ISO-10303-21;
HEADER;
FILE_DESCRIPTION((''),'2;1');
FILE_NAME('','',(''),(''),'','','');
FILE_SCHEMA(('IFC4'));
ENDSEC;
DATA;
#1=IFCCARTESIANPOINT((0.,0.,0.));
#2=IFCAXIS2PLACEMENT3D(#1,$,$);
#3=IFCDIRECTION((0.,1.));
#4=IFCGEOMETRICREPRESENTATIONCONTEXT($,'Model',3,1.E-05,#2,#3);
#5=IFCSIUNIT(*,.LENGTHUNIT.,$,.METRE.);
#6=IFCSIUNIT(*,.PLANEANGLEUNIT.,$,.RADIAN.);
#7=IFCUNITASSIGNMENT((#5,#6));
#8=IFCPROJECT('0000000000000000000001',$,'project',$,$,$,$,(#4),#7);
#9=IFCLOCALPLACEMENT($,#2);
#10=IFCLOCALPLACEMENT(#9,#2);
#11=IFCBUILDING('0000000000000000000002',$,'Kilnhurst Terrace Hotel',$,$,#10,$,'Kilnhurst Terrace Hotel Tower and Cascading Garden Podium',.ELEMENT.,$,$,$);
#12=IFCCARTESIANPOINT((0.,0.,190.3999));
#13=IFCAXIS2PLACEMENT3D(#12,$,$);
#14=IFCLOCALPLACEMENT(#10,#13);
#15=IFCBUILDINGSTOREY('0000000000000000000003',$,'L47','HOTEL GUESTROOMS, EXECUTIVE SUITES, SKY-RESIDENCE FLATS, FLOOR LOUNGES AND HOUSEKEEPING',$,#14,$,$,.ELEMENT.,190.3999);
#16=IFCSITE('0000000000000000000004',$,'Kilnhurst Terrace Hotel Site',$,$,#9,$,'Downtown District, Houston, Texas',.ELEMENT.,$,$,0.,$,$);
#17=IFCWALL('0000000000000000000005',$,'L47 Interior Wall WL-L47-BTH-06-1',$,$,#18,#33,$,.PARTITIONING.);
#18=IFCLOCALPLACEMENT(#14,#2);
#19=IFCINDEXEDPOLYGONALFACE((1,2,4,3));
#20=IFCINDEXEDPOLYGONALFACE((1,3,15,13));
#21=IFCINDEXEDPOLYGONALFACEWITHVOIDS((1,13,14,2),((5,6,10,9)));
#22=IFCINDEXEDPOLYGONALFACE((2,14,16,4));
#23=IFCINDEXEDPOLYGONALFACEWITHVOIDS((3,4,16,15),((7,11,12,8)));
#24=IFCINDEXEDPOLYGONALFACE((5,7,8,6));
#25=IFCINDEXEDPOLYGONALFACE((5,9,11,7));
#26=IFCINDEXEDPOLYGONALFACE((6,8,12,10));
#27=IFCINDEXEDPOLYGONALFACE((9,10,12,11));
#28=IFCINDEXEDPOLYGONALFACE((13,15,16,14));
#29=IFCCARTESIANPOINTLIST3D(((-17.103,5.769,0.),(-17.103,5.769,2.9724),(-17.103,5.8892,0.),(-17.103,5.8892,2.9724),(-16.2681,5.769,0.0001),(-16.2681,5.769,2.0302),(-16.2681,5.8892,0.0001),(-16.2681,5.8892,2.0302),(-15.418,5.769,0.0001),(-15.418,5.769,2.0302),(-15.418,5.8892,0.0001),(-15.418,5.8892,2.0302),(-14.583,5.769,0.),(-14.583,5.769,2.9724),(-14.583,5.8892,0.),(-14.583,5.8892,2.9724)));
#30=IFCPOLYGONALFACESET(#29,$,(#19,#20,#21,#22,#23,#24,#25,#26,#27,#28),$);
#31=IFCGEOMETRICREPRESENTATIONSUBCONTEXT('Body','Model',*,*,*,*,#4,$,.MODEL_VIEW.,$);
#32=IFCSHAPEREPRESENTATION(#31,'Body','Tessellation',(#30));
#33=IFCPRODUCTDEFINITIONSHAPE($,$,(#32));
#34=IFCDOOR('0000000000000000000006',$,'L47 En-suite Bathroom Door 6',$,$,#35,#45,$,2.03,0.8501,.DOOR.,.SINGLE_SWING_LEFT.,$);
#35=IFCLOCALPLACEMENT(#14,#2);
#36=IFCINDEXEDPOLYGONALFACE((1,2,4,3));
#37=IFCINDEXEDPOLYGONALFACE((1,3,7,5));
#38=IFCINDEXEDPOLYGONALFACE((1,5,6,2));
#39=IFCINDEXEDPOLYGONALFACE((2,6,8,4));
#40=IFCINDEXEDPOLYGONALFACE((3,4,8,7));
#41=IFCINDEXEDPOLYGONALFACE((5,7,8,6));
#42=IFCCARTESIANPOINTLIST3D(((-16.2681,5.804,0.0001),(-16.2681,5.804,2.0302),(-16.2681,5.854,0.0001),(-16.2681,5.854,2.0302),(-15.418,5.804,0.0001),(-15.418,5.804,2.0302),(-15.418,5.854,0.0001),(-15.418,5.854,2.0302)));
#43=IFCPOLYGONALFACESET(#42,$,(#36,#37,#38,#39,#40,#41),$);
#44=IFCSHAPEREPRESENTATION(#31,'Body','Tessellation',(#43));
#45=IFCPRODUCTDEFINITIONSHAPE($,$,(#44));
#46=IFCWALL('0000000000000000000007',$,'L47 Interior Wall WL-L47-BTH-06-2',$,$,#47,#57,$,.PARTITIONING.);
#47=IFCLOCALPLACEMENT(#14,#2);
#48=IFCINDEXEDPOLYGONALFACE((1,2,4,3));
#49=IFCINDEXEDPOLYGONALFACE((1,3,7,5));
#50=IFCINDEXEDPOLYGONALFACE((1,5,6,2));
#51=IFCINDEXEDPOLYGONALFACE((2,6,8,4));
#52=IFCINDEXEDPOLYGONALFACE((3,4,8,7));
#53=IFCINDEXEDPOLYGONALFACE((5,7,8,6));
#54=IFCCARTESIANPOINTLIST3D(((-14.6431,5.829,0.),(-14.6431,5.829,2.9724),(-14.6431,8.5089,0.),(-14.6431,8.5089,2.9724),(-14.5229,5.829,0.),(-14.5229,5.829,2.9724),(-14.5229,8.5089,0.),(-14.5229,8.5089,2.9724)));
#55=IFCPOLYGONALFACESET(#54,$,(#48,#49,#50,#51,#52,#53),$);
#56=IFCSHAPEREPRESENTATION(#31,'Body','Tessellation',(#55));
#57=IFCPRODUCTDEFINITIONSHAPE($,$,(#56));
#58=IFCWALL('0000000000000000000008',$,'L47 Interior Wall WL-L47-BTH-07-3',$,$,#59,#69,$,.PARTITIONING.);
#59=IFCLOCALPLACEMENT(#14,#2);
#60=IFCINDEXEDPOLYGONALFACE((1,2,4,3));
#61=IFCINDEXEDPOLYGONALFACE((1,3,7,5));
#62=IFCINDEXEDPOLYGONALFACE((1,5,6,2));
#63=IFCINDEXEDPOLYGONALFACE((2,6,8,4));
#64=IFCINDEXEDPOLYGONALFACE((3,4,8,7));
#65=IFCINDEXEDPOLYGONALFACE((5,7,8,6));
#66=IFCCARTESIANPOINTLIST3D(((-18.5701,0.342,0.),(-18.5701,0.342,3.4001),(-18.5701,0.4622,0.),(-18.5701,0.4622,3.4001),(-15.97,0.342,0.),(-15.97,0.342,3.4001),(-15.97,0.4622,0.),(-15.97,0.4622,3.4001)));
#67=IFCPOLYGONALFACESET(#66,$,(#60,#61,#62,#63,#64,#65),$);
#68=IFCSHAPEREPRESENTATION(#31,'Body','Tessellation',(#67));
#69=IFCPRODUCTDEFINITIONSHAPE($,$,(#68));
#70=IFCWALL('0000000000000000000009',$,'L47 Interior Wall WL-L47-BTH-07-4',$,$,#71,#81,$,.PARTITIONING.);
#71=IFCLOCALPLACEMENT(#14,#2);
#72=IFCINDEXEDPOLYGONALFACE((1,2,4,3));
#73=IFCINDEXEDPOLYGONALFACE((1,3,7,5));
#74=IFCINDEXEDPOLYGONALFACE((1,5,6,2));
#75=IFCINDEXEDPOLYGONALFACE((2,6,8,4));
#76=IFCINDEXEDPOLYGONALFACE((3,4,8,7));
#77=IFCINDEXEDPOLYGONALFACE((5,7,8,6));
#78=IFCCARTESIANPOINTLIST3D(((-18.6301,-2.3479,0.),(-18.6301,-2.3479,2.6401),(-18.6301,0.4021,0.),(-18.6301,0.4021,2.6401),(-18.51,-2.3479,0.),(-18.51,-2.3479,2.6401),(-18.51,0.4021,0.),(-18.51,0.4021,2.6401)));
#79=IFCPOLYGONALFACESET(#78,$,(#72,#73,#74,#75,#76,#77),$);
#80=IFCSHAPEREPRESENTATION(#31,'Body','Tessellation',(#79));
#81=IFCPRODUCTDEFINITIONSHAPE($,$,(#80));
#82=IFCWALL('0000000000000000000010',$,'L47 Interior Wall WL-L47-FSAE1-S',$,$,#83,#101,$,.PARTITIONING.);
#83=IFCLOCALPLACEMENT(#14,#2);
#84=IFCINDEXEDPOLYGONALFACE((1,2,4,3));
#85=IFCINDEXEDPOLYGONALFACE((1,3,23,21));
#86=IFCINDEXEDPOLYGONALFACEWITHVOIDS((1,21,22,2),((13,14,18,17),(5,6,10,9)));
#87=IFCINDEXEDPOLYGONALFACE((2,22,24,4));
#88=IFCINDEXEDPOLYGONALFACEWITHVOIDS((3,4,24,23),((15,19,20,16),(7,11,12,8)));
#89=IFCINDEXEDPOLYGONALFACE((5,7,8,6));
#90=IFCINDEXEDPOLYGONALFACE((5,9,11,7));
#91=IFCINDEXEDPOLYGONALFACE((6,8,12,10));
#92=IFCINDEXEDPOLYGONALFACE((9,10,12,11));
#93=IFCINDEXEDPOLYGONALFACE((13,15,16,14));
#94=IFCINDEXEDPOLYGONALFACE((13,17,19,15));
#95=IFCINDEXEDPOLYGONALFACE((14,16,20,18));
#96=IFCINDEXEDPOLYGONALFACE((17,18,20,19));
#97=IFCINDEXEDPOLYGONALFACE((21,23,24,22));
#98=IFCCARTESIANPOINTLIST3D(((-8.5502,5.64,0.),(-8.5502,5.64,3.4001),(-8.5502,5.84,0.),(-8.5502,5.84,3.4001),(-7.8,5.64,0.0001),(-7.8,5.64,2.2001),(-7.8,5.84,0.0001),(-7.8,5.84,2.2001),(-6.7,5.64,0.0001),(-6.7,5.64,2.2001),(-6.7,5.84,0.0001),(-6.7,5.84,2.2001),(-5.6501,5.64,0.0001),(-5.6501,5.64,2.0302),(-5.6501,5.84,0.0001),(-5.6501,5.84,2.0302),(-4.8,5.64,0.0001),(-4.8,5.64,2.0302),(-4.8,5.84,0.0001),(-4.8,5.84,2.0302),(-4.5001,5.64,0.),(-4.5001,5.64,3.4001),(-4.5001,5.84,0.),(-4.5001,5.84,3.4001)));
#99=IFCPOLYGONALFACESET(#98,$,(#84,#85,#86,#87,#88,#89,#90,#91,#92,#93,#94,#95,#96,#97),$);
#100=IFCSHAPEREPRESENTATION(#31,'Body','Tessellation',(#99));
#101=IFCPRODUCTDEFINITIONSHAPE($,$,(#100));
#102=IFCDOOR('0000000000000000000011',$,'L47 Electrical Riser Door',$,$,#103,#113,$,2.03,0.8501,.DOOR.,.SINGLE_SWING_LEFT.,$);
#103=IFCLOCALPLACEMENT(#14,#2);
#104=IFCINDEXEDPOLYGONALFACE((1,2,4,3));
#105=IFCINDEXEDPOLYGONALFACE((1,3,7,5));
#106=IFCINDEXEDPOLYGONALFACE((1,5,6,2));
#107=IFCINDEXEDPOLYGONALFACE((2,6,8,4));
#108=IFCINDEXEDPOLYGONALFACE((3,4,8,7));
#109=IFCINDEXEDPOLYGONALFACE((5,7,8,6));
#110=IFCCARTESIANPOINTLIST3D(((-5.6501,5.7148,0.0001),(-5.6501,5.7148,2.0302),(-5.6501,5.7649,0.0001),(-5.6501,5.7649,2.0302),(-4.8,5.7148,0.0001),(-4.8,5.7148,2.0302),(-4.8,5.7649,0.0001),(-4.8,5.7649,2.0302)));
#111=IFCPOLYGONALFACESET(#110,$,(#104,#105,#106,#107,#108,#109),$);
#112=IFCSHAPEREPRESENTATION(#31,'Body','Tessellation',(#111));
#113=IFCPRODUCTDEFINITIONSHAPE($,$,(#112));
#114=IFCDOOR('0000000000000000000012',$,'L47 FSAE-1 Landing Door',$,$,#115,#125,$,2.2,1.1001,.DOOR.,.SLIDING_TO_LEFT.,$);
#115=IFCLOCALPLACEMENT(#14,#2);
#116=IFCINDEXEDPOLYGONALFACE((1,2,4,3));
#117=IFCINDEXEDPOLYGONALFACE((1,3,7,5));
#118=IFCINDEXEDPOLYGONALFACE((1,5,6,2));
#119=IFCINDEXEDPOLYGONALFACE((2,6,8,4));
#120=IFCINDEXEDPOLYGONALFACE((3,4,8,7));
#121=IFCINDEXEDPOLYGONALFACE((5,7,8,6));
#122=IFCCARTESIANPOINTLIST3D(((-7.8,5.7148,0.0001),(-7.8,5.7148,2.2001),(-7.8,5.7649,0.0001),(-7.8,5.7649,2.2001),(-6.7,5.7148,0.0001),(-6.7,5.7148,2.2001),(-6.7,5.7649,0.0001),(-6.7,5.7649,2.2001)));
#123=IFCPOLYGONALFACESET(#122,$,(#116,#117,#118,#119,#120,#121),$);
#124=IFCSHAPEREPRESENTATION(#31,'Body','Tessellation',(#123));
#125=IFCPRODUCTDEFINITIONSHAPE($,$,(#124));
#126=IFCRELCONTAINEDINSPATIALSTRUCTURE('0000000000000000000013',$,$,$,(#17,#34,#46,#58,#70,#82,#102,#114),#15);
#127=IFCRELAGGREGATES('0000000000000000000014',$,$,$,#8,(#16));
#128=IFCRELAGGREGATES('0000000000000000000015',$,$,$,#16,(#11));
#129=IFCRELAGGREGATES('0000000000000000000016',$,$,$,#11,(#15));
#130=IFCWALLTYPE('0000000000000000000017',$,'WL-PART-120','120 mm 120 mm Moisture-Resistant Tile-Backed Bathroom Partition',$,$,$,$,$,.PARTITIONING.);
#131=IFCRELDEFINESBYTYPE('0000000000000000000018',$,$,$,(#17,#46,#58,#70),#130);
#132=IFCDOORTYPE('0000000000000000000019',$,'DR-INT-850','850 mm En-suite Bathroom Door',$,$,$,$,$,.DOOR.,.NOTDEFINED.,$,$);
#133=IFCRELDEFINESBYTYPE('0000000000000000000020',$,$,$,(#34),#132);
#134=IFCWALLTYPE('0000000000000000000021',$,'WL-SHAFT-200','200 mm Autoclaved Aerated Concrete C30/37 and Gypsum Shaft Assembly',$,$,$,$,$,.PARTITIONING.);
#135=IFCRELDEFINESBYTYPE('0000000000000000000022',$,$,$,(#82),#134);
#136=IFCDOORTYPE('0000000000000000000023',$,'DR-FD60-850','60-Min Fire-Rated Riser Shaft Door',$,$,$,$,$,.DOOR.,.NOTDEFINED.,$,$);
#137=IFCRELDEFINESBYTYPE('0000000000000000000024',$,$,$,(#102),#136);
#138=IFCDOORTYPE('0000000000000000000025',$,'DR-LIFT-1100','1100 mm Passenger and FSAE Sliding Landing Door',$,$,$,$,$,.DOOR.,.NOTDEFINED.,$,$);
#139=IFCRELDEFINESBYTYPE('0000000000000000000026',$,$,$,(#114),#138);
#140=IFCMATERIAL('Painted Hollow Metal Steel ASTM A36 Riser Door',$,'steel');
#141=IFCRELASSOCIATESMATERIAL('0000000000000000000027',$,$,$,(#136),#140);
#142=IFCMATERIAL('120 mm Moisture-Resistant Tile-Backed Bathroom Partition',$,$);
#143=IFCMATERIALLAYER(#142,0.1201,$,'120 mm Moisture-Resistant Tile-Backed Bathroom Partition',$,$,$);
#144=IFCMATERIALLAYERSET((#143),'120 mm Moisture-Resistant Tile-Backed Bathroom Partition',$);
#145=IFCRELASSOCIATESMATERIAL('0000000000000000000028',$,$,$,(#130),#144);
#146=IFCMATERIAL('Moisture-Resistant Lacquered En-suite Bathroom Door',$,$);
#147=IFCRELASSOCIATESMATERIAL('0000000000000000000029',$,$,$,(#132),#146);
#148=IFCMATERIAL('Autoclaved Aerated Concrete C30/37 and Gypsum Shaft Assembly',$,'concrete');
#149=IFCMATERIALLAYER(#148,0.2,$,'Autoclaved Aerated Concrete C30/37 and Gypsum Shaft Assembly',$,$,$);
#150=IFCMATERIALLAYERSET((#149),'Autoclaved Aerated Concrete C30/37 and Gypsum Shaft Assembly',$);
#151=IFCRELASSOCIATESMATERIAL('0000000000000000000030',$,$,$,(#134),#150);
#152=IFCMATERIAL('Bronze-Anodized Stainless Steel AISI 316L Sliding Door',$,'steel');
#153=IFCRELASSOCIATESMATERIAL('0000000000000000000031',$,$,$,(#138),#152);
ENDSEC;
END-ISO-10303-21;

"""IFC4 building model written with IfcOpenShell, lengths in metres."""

from ifc_helpers import new_model, si_unit, direction, frame, frame_2d, origin, place, context, subcontext, project, spatial, rectangle, extrude, material, layer, layer_set, type_object, element, fill, save


model = new_model("IFC4")

# Units and contexts
model_context = context("Model", 3, precision=1e-05, world=origin(), true_north=direction((0.0, 1.0)))
body_context = subcontext(model_context, "Body", "Model", "MODEL_VIEW")
ifc_project = project(units=[si_unit("LENGTHUNIT", "METRE"), si_unit("PLANEANGLEUNIT", "RADIAN")], contexts=[model_context])

# Site, building, storey
site_placement = place(None, origin())
site = spatial("IfcSite", under=ifc_project, at=site_placement, Name="Kilnhurst Terrace Hotel Site", LongName="Downtown District, Houston, Texas", CompositionType="ELEMENT", RefElevation=0.0)
building_placement = place(site_placement, origin())
building = spatial("IfcBuilding", under=site, at=building_placement, Name="Kilnhurst Terrace Hotel", LongName="Kilnhurst Terrace Hotel Tower and Cascading Garden Podium", CompositionType="ELEMENT")
storey_placement = place(building_placement, frame((0.0, 0.0, 190.3999)))
storey = spatial("IfcBuildingStorey", under=building, at=storey_placement, Name="L47", Description="HOTEL GUESTROOMS, EXECUTIVE SUITES, SKY-RESIDENCE FLATS, FLOOR LOUNGES AND HOUSEKEEPING", CompositionType="ELEMENT", Elevation=190.3999)

# Shared definitions
ifc_material_1 = material(Name="Painted Hollow Metal Steel ASTM A36 Riser Door", Category="steel")
door_type_1 = type_object("IfcDoorType", Name="DR-FD60-850", Description="60-Min Fire-Rated Riser Shaft Door", OperationType="NOTDEFINED", PredefinedType="DOOR", material=ifc_material_1)

# Wall, opening, door
ifc_material_2 = material(Name="120 mm Moisture-Resistant Tile-Backed Bathroom Partition")
ifc_layer_1 = layer(ifc_material_2, 0.1201, Name="120 mm Moisture-Resistant Tile-Backed Bathroom Partition")
ifc_layer_set_1 = layer_set([ifc_layer_1], Name="120 mm Moisture-Resistant Tile-Backed Bathroom Partition")
wall_type_1 = type_object("IfcWallType", Name="WL-PART-120", Description="120 mm 120 mm Moisture-Resistant Tile-Backed Bathroom Partition", PredefinedType="PARTITIONING", material=ifc_layer_set_1)
wall_1_placement = place(storey_placement, frame((-17.103, 5.8291, 0.0), z_axis=(0.0, 0.0, 1.0), x_axis=(1.0, 0.0, 0.0)))
wall_1 = element("IfcWall", 1, at=wall_1_placement, inside=storey, type_object=wall_type_1, Name="L47 Interior Wall WL-L47-BTH-06-1", PredefinedType="PARTITIONING", context=body_context, shape_type="SweptSolid", body=[
    extrude(rectangle(XDim=2.52, YDim=0.1201, at=frame_2d((1.26, 0.0))), origin(), (0.0, 0.0, 1.0), 2.9724),
])
opening_1_placement = place(wall_1_placement, frame((0.835, 0.0, 0.0)))
opening_1 = element("IfcOpeningElement", 2, at=opening_1_placement, cuts=wall_1, PredefinedType="OPENING", context=body_context, shape_type="SweptSolid", body=[
    extrude(rectangle(XDim=0.8501, YDim=2.03, at=frame_2d((0.425, 1.0151))), frame((0.0, 0.0701, 0.0), z_axis=(0.0, -1.0, 0.0), x_axis=(1.0, 0.0, 0.0)), (0.0, 0.0, 1.0), 0.1401),
])
ifc_material_3 = material(Name="Moisture-Resistant Lacquered En-suite Bathroom Door")
door_type_2 = type_object("IfcDoorType", Name="DR-INT-850", Description="850 mm En-suite Bathroom Door", OperationType="NOTDEFINED", PredefinedType="DOOR", material=ifc_material_3)
door_1_placement = place(opening_1_placement, origin())
door_1 = element("IfcDoor", 3, at=door_1_placement, inside=storey, type_object=door_type_2, Name="L47 En-suite Bathroom Door 6", OperationType="SINGLE_SWING_LEFT", OverallHeight=2.03, OverallWidth=0.8501, PredefinedType="DOOR", context=body_context, shape_type="SweptSolid", body=[
    extrude(rectangle(XDim=0.8501, YDim=2.03, at=frame_2d((0.425, 1.0151))), frame((0.0, 0.0249, 0.0), z_axis=(0.0, -1.0, 0.0), x_axis=(1.0, 0.0, 0.0)), (0.0, 0.0, 1.0), 0.05),
])
fill(opening_1, door_1)

# Walls
wall_2_placement = place(storey_placement, frame((-14.583, 5.8291, 0.0), z_axis=(0.0, 0.0, 1.0), x_axis=(0.0, 1.0, 0.0)))
element("IfcWall", 4, at=wall_2_placement, inside=storey, type_object=wall_type_1, Name="L47 Interior Wall WL-L47-BTH-06-2", PredefinedType="PARTITIONING", context=body_context, shape_type="SweptSolid", body=[
    extrude(rectangle(XDim=2.6799, YDim=0.1201, at=frame_2d((1.3398, 0.0))), origin(), (0.0, 0.0, 1.0), 2.9724),
])
wall_3_placement = place(storey_placement, frame((-15.97, 0.4021, 0.0), z_axis=(0.0, 0.0, 1.0), x_axis=(-1.0, 0.0, 0.0)))
element("IfcWall", 5, at=wall_3_placement, inside=storey, type_object=wall_type_1, Name="L47 Interior Wall WL-L47-BTH-07-3", PredefinedType="PARTITIONING", context=body_context, shape_type="SweptSolid", body=[
    extrude(rectangle(XDim=2.6001, YDim=0.1201, at=frame_2d((1.3, 0.0))), origin(), (0.0, 0.0, 1.0), 3.4001),
])
wall_4_placement = place(storey_placement, frame((-18.5701, 0.4021, 0.0), z_axis=(0.0, 0.0, 1.0), x_axis=(0.0, -1.0, 0.0)))
element("IfcWall", 6, at=wall_4_placement, inside=storey, type_object=wall_type_1, Name="L47 Interior Wall WL-L47-BTH-07-4", PredefinedType="PARTITIONING", context=body_context, shape_type="SweptSolid", body=[
    extrude(rectangle(XDim=2.75, YDim=0.1201, at=frame_2d((1.375, 0.0))), origin(), (0.0, 0.0, 1.0), 2.6401),
])

# Wall, openings, doors
ifc_material_4 = material(Name="Autoclaved Aerated Concrete C30/37 and Gypsum Shaft Assembly", Category="concrete")
ifc_layer_2 = layer(ifc_material_4, 0.2, Name="Autoclaved Aerated Concrete C30/37 and Gypsum Shaft Assembly")
ifc_layer_set_2 = layer_set([ifc_layer_2], Name="Autoclaved Aerated Concrete C30/37 and Gypsum Shaft Assembly")
wall_type_2 = type_object("IfcWallType", Name="WL-SHAFT-200", Description="200 mm Autoclaved Aerated Concrete C30/37 and Gypsum Shaft Assembly", PredefinedType="PARTITIONING", material=ifc_layer_set_2)
wall_5_placement = place(storey_placement, frame((-8.55, 5.74, 0.0), z_axis=(0.0, 0.0, 1.0), x_axis=(1.0, 0.0, 0.0)))
wall_5 = element("IfcWall", 7, at=wall_5_placement, inside=storey, type_object=wall_type_2, Name="L47 Interior Wall WL-L47-FSAE1-S", PredefinedType="PARTITIONING", context=body_context, shape_type="SweptSolid", body=[
    extrude(rectangle(XDim=4.05, YDim=0.2, at=frame_2d((2.0249, 0.0))), origin(), (0.0, 0.0, 1.0), 3.4001),
])
opening_2_placement = place(wall_5_placement, frame((0.75, 0.0, 0.0)))
opening_2 = element("IfcOpeningElement", 8, at=opening_2_placement, cuts=wall_5, PredefinedType="OPENING", context=body_context, shape_type="SweptSolid", body=[
    extrude(rectangle(XDim=1.1001, YDim=2.2, at=frame_2d((0.55, 1.1001))), frame((0.0, 0.1099, 0.0), z_axis=(0.0, -1.0, 0.0), x_axis=(1.0, 0.0, 0.0)), (0.0, 0.0, 1.0), 0.22),
])
opening_3_placement = place(wall_5_placement, frame((2.8999, 0.0, 0.0)))
opening_3 = element("IfcOpeningElement", 9, at=opening_3_placement, cuts=wall_5, PredefinedType="OPENING", context=body_context, shape_type="SweptSolid", body=[
    extrude(rectangle(XDim=0.8501, YDim=2.03, at=frame_2d((0.425, 1.0151))), frame((0.0, 0.1099, 0.0), z_axis=(0.0, -1.0, 0.0), x_axis=(1.0, 0.0, 0.0)), (0.0, 0.0, 1.0), 0.22),
])
door_2_placement = place(opening_3_placement, origin())
door_2 = element("IfcDoor", 10, at=door_2_placement, inside=storey, type_object=door_type_1, Name="L47 Electrical Riser Door", OperationType="SINGLE_SWING_LEFT", OverallHeight=2.03, OverallWidth=0.8501, PredefinedType="DOOR", context=body_context, shape_type="SweptSolid", body=[
    extrude(rectangle(XDim=0.8501, YDim=2.03, at=frame_2d((0.425, 1.0151))), frame((0.0, 0.0249, 0.0), z_axis=(0.0, -1.0, 0.0), x_axis=(1.0, 0.0, 0.0)), (0.0, 0.0, 1.0), 0.05),
])
fill(opening_3, door_2)
ifc_material_5 = material(Name="Bronze-Anodized Stainless Steel AISI 316L Sliding Door", Category="steel")
door_type_3 = type_object("IfcDoorType", Name="DR-LIFT-1100", Description="1100 mm Passenger and FSAE Sliding Landing Door", OperationType="NOTDEFINED", PredefinedType="DOOR", material=ifc_material_5)
door_3_placement = place(opening_2_placement, origin())
door_3 = element("IfcDoor", 11, at=door_3_placement, inside=storey, type_object=door_type_3, Name="L47 FSAE-1 Landing Door", OperationType="SLIDING_TO_LEFT", OverallHeight=2.2, OverallWidth=1.1001, PredefinedType="DOOR", context=body_context, shape_type="SweptSolid", body=[
    extrude(rectangle(XDim=1.1001, YDim=2.2, at=frame_2d((0.55, 1.1001))), frame((0.0, 0.0249, 0.0), z_axis=(0.0, -1.0, 0.0), x_axis=(1.0, 0.0, 0.0)), (0.0, 0.0, 1.0), 0.05),
])
fill(opening_2, door_3)

save(model, "model.ifc")
